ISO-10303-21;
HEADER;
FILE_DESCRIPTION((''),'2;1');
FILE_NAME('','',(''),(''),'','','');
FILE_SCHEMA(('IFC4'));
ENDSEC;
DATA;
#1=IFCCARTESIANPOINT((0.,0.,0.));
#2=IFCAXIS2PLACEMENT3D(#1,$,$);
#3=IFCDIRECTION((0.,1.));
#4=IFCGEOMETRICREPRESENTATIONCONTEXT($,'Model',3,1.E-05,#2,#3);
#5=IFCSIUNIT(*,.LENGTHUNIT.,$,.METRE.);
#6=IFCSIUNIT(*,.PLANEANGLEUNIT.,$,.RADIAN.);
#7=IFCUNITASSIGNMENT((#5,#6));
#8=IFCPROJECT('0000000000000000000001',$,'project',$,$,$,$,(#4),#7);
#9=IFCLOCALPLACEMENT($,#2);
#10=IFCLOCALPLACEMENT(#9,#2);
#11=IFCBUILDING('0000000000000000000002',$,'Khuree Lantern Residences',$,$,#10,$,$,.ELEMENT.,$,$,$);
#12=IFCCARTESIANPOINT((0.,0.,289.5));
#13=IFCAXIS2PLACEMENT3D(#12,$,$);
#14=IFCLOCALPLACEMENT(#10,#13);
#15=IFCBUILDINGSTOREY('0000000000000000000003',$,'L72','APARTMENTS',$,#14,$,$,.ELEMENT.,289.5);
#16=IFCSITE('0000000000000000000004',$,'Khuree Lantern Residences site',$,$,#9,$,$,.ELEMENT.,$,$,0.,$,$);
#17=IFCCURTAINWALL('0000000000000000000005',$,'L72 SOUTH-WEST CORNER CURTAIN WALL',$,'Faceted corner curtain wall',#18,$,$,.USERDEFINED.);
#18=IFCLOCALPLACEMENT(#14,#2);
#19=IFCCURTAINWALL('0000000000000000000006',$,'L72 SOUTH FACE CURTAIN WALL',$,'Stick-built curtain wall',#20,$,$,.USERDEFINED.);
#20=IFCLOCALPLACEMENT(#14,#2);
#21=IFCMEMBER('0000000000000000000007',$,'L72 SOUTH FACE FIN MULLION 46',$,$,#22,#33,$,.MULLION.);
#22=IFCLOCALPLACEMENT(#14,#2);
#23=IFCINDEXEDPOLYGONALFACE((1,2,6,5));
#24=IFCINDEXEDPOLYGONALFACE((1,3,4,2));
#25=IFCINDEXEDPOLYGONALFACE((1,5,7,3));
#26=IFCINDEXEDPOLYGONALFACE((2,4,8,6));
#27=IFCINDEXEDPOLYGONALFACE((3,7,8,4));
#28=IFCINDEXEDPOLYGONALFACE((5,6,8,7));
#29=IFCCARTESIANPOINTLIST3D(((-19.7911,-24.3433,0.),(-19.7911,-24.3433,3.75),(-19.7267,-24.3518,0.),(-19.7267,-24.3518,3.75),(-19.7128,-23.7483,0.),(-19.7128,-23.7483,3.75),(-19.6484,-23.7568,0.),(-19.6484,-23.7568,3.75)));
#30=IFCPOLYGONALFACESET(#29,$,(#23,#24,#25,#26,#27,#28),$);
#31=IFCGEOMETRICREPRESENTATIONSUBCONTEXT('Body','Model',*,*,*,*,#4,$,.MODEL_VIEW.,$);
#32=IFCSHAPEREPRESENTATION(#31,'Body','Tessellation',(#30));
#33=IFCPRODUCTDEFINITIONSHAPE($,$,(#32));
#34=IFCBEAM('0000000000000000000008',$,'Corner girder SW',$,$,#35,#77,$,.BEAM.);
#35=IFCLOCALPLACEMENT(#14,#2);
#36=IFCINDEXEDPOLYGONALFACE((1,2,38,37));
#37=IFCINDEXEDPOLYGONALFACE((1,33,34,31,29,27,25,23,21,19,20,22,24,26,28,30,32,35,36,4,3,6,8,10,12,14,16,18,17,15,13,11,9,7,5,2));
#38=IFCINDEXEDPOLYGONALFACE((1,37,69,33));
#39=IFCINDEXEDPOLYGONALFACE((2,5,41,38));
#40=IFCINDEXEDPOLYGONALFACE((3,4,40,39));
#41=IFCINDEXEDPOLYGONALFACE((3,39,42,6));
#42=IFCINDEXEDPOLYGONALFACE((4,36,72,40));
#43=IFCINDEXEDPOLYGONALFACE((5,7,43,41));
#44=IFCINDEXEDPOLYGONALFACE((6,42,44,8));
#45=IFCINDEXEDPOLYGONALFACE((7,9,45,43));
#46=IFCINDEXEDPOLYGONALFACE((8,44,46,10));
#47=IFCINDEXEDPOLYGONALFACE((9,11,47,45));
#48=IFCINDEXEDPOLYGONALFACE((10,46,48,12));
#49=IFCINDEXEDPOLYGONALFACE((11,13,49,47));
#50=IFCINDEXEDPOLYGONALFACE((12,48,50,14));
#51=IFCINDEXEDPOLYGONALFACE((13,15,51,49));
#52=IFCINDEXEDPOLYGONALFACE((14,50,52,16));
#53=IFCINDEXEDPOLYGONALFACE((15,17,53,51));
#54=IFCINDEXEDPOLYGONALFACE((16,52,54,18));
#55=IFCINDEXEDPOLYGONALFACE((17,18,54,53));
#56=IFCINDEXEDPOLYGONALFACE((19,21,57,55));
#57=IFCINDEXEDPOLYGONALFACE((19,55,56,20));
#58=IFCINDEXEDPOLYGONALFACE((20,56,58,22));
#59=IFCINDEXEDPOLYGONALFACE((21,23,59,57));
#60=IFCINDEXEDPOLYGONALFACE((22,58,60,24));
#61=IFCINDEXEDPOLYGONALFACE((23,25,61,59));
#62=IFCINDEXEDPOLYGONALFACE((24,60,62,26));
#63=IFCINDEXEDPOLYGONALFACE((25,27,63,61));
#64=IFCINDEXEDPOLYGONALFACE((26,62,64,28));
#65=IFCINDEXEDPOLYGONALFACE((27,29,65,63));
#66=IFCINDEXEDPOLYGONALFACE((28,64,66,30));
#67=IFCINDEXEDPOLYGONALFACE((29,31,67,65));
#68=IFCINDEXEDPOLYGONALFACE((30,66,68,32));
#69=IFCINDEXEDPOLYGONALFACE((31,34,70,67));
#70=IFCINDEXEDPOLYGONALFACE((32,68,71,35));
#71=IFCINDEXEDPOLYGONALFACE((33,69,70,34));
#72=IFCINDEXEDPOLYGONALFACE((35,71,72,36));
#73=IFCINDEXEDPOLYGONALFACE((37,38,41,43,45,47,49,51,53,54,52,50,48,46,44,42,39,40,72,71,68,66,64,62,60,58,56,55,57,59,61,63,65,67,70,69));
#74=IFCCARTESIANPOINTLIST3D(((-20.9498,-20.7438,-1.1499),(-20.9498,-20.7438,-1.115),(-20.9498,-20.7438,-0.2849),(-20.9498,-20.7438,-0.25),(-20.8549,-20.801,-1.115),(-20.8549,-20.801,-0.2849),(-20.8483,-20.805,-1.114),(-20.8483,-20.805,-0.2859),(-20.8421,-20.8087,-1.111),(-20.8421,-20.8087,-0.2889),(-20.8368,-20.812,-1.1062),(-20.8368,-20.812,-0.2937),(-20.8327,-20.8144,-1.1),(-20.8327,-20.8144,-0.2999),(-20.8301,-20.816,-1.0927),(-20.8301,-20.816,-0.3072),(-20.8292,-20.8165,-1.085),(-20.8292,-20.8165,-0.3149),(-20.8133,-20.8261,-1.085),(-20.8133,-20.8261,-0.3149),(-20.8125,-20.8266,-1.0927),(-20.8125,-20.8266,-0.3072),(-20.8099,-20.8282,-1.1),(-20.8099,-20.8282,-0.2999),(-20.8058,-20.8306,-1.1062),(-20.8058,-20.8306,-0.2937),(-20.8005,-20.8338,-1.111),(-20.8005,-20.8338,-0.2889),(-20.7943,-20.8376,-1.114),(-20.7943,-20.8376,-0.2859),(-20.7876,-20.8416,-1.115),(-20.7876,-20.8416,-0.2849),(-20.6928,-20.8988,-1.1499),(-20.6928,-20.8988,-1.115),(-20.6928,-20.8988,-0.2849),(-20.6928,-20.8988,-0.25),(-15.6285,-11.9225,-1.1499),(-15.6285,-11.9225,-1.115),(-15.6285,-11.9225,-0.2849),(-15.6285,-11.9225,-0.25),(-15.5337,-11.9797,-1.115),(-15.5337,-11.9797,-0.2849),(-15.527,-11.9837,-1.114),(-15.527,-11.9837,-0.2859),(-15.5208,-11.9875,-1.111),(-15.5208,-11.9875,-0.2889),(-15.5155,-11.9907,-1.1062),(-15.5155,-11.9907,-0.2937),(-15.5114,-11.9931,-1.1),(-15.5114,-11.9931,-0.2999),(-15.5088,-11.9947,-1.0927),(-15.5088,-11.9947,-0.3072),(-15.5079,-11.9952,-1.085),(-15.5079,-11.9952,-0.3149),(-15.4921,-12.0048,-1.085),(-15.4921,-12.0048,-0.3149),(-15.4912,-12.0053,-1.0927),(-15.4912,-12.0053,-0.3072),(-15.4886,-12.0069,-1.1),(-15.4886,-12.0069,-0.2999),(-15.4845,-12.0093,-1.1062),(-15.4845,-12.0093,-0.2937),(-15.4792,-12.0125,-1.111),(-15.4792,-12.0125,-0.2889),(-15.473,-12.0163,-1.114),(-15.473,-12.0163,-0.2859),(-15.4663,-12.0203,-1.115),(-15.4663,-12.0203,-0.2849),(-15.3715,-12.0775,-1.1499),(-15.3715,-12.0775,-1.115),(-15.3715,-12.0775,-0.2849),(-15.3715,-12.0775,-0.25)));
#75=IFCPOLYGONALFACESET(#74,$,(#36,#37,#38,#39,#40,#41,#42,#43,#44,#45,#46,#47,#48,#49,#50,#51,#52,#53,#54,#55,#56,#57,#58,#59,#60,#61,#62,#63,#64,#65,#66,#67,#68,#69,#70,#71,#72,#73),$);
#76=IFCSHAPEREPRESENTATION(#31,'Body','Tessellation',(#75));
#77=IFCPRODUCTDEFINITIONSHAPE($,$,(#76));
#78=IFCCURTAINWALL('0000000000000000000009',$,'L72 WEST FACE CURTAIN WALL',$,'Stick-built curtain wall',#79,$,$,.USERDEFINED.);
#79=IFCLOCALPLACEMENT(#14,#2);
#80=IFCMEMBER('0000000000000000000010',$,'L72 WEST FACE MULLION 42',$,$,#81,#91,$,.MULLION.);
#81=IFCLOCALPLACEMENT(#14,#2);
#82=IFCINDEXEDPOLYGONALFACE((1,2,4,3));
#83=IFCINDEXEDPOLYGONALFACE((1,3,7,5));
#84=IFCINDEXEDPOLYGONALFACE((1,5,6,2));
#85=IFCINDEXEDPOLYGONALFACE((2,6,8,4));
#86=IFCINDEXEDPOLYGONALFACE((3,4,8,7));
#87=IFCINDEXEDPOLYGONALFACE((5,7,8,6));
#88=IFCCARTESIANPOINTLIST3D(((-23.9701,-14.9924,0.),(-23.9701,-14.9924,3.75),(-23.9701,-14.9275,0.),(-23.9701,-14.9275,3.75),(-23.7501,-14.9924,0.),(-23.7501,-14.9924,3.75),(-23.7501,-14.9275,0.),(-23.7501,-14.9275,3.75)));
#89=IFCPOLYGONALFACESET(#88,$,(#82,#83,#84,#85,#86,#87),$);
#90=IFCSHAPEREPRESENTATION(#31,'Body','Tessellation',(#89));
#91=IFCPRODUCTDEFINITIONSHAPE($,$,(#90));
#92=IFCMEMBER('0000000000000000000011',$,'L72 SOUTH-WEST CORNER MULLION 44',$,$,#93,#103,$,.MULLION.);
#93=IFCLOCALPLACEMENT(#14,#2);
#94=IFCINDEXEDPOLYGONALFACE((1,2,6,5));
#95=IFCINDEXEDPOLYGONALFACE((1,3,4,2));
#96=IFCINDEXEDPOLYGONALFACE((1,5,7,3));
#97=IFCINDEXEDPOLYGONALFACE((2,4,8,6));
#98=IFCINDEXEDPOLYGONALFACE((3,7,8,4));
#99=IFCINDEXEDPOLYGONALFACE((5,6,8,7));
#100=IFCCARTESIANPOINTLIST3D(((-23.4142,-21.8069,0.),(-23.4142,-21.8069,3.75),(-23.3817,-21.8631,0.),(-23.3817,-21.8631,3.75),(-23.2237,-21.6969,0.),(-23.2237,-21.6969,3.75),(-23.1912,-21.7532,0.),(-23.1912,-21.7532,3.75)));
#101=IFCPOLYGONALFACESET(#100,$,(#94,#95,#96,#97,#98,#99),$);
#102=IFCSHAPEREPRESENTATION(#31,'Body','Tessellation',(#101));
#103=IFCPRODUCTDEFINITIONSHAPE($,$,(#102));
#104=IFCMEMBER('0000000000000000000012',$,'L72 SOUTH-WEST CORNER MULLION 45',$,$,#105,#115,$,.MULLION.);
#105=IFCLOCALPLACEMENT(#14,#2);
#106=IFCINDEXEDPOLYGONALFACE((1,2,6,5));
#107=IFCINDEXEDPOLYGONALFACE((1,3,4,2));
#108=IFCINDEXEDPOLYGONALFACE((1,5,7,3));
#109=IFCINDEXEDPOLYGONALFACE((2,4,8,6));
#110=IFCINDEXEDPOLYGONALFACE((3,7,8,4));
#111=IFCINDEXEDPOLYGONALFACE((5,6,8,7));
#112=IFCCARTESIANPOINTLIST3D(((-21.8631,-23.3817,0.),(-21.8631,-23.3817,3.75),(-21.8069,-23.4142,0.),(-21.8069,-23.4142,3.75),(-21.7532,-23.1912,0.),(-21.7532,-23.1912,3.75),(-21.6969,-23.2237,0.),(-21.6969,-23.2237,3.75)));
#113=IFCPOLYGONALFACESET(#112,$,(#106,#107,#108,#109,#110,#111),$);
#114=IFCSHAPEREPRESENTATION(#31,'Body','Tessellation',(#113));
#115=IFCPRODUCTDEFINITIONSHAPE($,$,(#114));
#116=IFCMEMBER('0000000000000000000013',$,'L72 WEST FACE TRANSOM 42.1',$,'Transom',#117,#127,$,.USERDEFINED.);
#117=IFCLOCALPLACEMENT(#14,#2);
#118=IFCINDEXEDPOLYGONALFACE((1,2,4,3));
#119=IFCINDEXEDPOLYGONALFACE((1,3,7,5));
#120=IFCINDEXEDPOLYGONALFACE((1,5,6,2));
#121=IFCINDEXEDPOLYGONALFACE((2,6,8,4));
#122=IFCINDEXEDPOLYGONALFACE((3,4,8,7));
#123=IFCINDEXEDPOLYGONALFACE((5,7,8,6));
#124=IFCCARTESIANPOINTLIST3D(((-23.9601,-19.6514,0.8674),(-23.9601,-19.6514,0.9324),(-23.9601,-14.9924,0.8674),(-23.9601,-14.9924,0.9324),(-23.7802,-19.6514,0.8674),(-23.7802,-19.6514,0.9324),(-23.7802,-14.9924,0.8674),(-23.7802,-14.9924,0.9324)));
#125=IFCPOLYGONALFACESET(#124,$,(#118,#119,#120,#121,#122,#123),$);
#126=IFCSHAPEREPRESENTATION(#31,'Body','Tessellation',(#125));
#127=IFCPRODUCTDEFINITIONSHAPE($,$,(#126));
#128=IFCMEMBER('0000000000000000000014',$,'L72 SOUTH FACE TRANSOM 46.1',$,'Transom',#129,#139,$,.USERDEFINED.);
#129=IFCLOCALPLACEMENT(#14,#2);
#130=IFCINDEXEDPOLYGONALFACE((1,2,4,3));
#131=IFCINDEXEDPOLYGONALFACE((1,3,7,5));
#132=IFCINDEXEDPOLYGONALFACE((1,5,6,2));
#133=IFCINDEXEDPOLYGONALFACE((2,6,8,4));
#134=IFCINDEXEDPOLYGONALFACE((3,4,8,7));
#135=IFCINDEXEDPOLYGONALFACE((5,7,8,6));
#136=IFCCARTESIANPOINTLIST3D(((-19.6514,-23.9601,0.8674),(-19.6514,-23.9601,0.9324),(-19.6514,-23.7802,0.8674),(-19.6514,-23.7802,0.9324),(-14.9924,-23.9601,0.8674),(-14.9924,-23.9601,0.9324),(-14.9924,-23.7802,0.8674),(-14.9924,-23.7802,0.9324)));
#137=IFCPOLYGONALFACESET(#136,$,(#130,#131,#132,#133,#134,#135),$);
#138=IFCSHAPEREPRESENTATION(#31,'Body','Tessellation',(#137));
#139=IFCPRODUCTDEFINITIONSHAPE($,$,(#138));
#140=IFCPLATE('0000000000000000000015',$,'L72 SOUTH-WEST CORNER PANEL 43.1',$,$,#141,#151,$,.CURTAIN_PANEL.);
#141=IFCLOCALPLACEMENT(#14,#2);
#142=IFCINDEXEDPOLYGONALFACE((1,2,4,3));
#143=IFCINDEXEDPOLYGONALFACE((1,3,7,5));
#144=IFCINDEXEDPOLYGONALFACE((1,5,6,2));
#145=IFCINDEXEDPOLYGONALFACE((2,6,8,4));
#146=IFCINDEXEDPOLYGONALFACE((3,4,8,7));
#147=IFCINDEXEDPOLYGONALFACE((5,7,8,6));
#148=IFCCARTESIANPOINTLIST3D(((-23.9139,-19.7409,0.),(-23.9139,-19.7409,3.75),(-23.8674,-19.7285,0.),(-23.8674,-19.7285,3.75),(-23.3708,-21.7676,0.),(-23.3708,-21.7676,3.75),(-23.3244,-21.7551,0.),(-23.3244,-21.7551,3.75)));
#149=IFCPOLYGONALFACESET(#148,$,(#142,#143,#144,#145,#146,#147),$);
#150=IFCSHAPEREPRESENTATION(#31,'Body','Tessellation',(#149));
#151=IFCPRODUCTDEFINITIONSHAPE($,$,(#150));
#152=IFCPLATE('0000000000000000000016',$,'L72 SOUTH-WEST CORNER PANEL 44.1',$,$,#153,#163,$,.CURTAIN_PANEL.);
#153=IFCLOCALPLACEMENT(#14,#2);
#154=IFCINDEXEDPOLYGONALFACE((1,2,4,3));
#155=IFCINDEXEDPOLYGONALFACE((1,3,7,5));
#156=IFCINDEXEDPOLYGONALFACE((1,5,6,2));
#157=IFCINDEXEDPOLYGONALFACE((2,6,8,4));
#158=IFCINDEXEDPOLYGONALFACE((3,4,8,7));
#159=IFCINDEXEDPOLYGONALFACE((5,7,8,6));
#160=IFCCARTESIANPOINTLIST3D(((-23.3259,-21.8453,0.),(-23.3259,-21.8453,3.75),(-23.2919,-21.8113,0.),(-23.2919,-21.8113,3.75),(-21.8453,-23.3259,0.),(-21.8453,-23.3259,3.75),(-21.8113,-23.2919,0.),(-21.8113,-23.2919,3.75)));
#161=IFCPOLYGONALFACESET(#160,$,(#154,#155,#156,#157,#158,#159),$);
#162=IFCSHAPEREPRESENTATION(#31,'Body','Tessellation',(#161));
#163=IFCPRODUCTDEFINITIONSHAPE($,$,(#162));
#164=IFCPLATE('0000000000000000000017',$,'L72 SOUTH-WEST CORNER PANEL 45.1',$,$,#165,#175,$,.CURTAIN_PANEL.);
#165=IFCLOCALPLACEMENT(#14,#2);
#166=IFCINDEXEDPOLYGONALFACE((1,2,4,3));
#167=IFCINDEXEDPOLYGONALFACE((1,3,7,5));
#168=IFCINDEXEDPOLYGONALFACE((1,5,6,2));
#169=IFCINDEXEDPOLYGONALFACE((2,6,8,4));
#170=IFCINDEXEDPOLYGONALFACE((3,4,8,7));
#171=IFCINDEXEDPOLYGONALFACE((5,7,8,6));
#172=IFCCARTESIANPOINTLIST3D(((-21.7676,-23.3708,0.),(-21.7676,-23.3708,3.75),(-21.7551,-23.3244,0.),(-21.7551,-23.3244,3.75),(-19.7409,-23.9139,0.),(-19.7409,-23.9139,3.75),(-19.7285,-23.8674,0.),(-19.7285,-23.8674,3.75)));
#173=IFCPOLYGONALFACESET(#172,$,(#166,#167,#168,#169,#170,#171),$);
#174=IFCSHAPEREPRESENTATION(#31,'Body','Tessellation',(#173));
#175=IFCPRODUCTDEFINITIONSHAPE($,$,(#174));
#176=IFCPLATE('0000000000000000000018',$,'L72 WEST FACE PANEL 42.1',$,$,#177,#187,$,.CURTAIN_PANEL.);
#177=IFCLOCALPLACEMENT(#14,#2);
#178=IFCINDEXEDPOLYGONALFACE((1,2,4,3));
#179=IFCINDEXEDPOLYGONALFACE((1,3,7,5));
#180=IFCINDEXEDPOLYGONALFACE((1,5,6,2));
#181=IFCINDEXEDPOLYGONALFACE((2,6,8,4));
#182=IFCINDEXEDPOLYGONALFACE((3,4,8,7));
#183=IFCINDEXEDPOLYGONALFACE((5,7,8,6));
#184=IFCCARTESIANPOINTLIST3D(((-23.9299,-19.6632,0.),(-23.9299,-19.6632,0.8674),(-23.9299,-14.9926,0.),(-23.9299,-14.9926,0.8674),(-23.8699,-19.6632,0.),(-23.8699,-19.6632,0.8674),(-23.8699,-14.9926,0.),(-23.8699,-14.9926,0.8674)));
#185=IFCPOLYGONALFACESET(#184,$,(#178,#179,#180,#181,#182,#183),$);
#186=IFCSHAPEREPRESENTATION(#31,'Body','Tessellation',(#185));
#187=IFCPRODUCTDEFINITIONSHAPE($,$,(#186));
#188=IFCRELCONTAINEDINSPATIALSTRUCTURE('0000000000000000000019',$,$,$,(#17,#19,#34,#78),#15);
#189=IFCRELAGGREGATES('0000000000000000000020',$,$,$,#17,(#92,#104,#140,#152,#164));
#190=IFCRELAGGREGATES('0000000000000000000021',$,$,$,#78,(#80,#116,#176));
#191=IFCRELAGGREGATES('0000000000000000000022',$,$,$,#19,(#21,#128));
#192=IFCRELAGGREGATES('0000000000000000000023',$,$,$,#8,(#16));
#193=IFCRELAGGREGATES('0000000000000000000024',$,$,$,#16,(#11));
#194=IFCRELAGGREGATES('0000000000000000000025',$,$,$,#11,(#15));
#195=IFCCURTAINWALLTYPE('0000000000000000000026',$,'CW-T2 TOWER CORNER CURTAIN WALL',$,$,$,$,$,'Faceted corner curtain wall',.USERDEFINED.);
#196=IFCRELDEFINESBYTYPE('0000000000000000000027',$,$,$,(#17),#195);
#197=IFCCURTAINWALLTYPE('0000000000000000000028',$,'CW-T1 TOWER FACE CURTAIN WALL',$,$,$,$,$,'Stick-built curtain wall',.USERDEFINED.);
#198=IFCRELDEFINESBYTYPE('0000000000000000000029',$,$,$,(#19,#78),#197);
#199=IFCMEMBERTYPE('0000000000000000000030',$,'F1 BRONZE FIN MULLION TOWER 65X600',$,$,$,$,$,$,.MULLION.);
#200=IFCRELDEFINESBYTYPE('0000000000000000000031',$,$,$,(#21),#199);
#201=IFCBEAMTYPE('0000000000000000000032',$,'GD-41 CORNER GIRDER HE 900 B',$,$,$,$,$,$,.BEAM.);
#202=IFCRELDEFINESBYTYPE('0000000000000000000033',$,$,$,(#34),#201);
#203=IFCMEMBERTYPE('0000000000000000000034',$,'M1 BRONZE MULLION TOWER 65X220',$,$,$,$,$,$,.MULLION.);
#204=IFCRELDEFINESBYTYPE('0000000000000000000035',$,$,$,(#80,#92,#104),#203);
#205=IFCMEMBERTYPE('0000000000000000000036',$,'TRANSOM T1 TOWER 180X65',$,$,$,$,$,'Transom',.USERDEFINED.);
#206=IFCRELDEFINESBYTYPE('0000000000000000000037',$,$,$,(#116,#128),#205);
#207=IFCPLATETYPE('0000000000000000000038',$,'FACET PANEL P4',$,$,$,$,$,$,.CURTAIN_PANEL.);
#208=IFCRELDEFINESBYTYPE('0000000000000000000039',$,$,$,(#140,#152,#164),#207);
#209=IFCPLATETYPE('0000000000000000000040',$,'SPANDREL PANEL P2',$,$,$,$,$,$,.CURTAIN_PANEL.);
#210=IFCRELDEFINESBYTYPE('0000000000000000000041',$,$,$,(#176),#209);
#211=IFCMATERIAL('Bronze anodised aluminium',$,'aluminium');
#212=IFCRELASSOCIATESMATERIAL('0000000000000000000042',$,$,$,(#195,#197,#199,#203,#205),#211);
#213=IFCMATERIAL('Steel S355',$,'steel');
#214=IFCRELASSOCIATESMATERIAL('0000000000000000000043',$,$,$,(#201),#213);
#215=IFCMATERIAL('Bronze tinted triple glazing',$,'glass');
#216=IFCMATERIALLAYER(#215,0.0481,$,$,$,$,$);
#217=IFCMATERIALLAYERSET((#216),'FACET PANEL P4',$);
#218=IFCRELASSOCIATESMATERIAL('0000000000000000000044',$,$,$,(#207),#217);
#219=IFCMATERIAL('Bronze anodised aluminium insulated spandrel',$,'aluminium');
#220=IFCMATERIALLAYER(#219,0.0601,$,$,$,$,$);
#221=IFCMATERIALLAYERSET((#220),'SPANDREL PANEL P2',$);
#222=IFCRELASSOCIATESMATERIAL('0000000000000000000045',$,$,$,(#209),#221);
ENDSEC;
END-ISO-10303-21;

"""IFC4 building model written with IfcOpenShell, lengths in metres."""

from ifc_helpers import new_model, si_unit, direction, frame, origin, origin_2d, place, context, subcontext, project, spatial, rectangle, i_section, extrude, material, layer, layer_set, material_profile, profile_set, type_object, element, aggregate, save


model = new_model("IFC4")

# Units and contexts
model_context = context("Model", 3, precision=1e-05, world=origin(), true_north=direction((0.0, 1.0)))
body_context = subcontext(model_context, "Body", "Model", "MODEL_VIEW")
ifc_project = project(units=[si_unit("LENGTHUNIT", "METRE"), si_unit("PLANEANGLEUNIT", "RADIAN")], contexts=[model_context])

# Site, building, storey
site_placement = place(None, origin())
site = spatial("IfcSite", under=ifc_project, at=site_placement, Name="Khuree Lantern Residences site", CompositionType="ELEMENT", RefElevation=0.0)
building_placement = place(site_placement, origin())
building = spatial("IfcBuilding", under=site, at=building_placement, Name="Khuree Lantern Residences", CompositionType="ELEMENT")
storey_placement = place(building_placement, frame((0.0, 0.0, 289.5)))
storey = spatial("IfcBuildingStorey", under=building, at=storey_placement, Name="L72", Description="APARTMENTS", CompositionType="ELEMENT", Elevation=289.5)

# Shared definitions
ifc_material_1 = material(Name="Steel S355", Category="steel")

# Curtain walls, member
ifc_material_2 = material(Name="Bronze anodised aluminium", Category="aluminium")
curtain_wall_type_1 = type_object("IfcCurtainWallType", Name="CW-T2 TOWER CORNER CURTAIN WALL", ElementType="Faceted corner curtain wall", PredefinedType="USERDEFINED", material=ifc_material_2)
curtain_wall_1_placement = place(storey_placement, origin())
curtain_wall_1 = element("IfcCurtainWall", 1, at=curtain_wall_1_placement, inside=storey, type_object=curtain_wall_type_1, Name="L72 SOUTH-WEST CORNER CURTAIN WALL", ObjectType="Faceted corner curtain wall", PredefinedType="USERDEFINED")
ifc_material_profile_1 = material_profile(ifc_material_2, rectangle(XDim=0.0649, YDim=0.6001, at=origin_2d()), Name="F1 65X600")
ifc_profile_set_1 = profile_set([ifc_material_profile_1], Name="Bronze anodised aluminium")
member_type_1 = type_object("IfcMemberType", Name="F1 BRONZE FIN MULLION TOWER 65X600", PredefinedType="MULLION", material=ifc_profile_set_1)
curtain_wall_type_2 = type_object("IfcCurtainWallType", Name="CW-T1 TOWER FACE CURTAIN WALL", ElementType="Stick-built curtain wall", PredefinedType="USERDEFINED", material=ifc_material_2)
curtain_wall_2_placement = place(storey_placement, origin())
curtain_wall_2 = element("IfcCurtainWall", 2, at=curtain_wall_2_placement, inside=storey, type_object=curtain_wall_type_2, Name="L72 SOUTH FACE CURTAIN WALL", ObjectType="Stick-built curtain wall", PredefinedType="USERDEFINED")
member_1_placement = place(storey_placement, frame((-19.7197, -24.05, 0.0), z_axis=(0.0, 0.0, 1.0), x_axis=(0.991445, -0.130526, 0.0)))
member_1 = element("IfcMember", 3, at=member_1_placement, type_object=member_type_1, Name="L72 SOUTH FACE FIN MULLION 46", PredefinedType="MULLION", context=body_context, shape_type="SweptSolid", body=[
    extrude(rectangle(XDim=0.0649, YDim=0.6001, at=origin_2d()), origin(), (0.0, 0.0, 1.0), 3.75),
])

# Beam
ifc_material_profile_2 = material_profile(ifc_material_1, i_section(OverallWidth=0.3, OverallDepth=0.8999, WebThickness=0.0186, FlangeThickness=0.0349, FilletRadius=0.03, at=origin_2d()), Name="HE 900 B")
ifc_profile_set_2 = profile_set([ifc_material_profile_2], Name="Steel S355")
beam_type_1 = type_object("IfcBeamType", Name="GD-41 CORNER GIRDER HE 900 B", PredefinedType="BEAM", material=ifc_profile_set_2)
beam_1_placement = place(storey_placement, frame((-20.8213, -20.8213, -0.7), z_axis=(0.51653, 0.856269, 0.0), x_axis=(-0.856269, 0.51653, 0.0)))
element("IfcBeam", 4, at=beam_1_placement, inside=storey, type_object=beam_type_1, Name="Corner girder SW", PredefinedType="BEAM", context=body_context, shape_type="SweptSolid", body=[
    extrude(i_section(OverallWidth=0.3, OverallDepth=0.8999, WebThickness=0.0186, FlangeThickness=0.0349, FilletRadius=0.03, at=origin_2d()), origin(), (0.0, 0.0, 1.0), 10.302),
])

# Curtain wall, member
curtain_wall_3_placement = place(storey_placement, origin())
curtain_wall_3 = element("IfcCurtainWall", 5, at=curtain_wall_3_placement, inside=storey, type_object=curtain_wall_type_2, Name="L72 WEST FACE CURTAIN WALL", ObjectType="Stick-built curtain wall", PredefinedType="USERDEFINED")
ifc_material_profile_3 = material_profile(ifc_material_2, rectangle(XDim=0.0649, YDim=0.22, at=origin_2d()), Name="M1 65X220")
ifc_profile_set_3 = profile_set([ifc_material_profile_3], Name="Bronze anodised aluminium")
member_type_2 = type_object("IfcMemberType", Name="M1 BRONZE MULLION TOWER 65X220", PredefinedType="MULLION", material=ifc_profile_set_3)
member_2_placement = place(storey_placement, frame((-23.8601, -14.96, 0.0), z_axis=(0.0, 0.0, 1.0), x_axis=(0.0, -1.0, 0.0)))
member_2 = element("IfcMember", 6, at=member_2_placement, type_object=member_type_2, Name="L72 WEST FACE MULLION 42", PredefinedType="MULLION", context=body_context, shape_type="SweptSolid", body=[
    extrude(rectangle(XDim=0.0649, YDim=0.22, at=origin_2d()), origin(), (0.0, 0.0, 1.0), 3.75),
])

# Members
member_3_placement = place(storey_placement, frame((-23.3027, -21.78, 0.0), z_axis=(0.0, 0.0, 1.0), x_axis=(0.5, -0.866025, 0.0)))
member_3 = element("IfcMember", 7, at=member_3_placement, type_object=member_type_2, Name="L72 SOUTH-WEST CORNER MULLION 44", PredefinedType="MULLION", context=body_context, shape_type="SweptSolid", body=[
    extrude(rectangle(XDim=0.0649, YDim=0.22, at=origin_2d()), origin(), (0.0, 0.0, 1.0), 3.75),
])
member_4_placement = place(storey_placement, frame((-21.78, -23.3027, 0.0), z_axis=(0.0, 0.0, 1.0), x_axis=(0.866025, -0.5, 0.0)))
member_4 = element("IfcMember", 8, at=member_4_placement, type_object=member_type_2, Name="L72 SOUTH-WEST CORNER MULLION 45", PredefinedType="MULLION", context=body_context, shape_type="SweptSolid", body=[
    extrude(rectangle(XDim=0.0649, YDim=0.22, at=origin_2d()), origin(), (0.0, 0.0, 1.0), 3.75),
])
ifc_material_profile_4 = material_profile(ifc_material_2, rectangle(XDim=0.1799, YDim=0.0649, at=origin_2d()), Name="T1 180X65")
ifc_profile_set_4 = profile_set([ifc_material_profile_4], Name="Bronze anodised aluminium")
member_type_3 = type_object("IfcMemberType", Name="TRANSOM T1 TOWER 180X65", ElementType="Transom", PredefinedType="USERDEFINED", material=ifc_profile_set_4)
member_5_placement = place(storey_placement, frame((-23.8701, -14.9924, 0.8999), z_axis=(0.0, -1.0, 0.0), x_axis=(1.0, 0.0, 0.0)))
member_5 = element("IfcMember", 9, at=member_5_placement, type_object=member_type_3, Name="L72 WEST FACE TRANSOM 42.1", ObjectType="Transom", PredefinedType="USERDEFINED", context=body_context, shape_type="SweptSolid", body=[
    extrude(rectangle(XDim=0.1799, YDim=0.0649, at=origin_2d()), origin(), (0.0, 0.0, 1.0), 4.6589),
])
member_6_placement = place(storey_placement, frame((-19.6514, -23.8701, 0.8999), z_axis=(1.0, 0.0, 0.0), x_axis=(0.0, 1.0, 0.0)))
member_6 = element("IfcMember", 10, at=member_6_placement, type_object=member_type_3, Name="L72 SOUTH FACE TRANSOM 46.1", ObjectType="Transom", PredefinedType="USERDEFINED", context=body_context, shape_type="SweptSolid", body=[
    extrude(rectangle(XDim=0.1799, YDim=0.0649, at=origin_2d()), origin(), (0.0, 0.0, 1.0), 4.6589),
])

# Plates
ifc_material_3 = material(Name="Bronze tinted triple glazing", Category="glass")
ifc_layer_1 = layer(ifc_material_3, 0.0481)
ifc_layer_set_1 = layer_set([ifc_layer_1], Name="FACET PANEL P4")
plate_type_1 = type_object("IfcPlateType", Name="FACET PANEL P4", PredefinedType="CURTAIN_PANEL", material=ifc_layer_set_1)
plate_1_placement = place(storey_placement, frame((-23.6191, -20.748, 0.0), z_axis=(0.0, 0.0, 1.0), x_axis=(0.258819, -0.965926, 0.0)))
plate_1 = element("IfcPlate", 11, at=plate_1_placement, type_object=plate_type_1, Name="L72 SOUTH-WEST CORNER PANEL 43.1", PredefinedType="CURTAIN_PANEL", context=body_context, shape_type="SweptSolid", body=[
    extrude(rectangle(XDim=2.0981, YDim=0.0481, at=origin_2d()), origin(), (0.0, 0.0, 1.0), 3.75),
])
plate_2_placement = place(storey_placement, frame((-22.5686, -22.5686, 0.0), z_axis=(0.0, 0.0, 1.0), x_axis=(0.707107, -0.707107, 0.0)))
plate_2 = element("IfcPlate", 12, at=plate_2_placement, type_object=plate_type_1, Name="L72 SOUTH-WEST CORNER PANEL 44.1", PredefinedType="CURTAIN_PANEL", context=body_context, shape_type="SweptSolid", body=[
    extrude(rectangle(XDim=2.094, YDim=0.0481, at=origin_2d()), origin(), (0.0, 0.0, 1.0), 3.75),
])
plate_3_placement = place(storey_placement, frame((-20.748, -23.6191, 0.0), z_axis=(0.0, 0.0, 1.0), x_axis=(0.965926, -0.258819, 0.0)))
plate_3 = element("IfcPlate", 13, at=plate_3_placement, type_object=plate_type_1, Name="L72 SOUTH-WEST CORNER PANEL 45.1", PredefinedType="CURTAIN_PANEL", context=body_context, shape_type="SweptSolid", body=[
    extrude(rectangle(XDim=2.0981, YDim=0.0481, at=origin_2d()), origin(), (0.0, 0.0, 1.0), 3.75),
])
aggregate(curtain_wall_1, [member_3, member_4, plate_1, plate_2, plate_3])
ifc_material_4 = material(Name="Bronze anodised aluminium insulated spandrel", Category="aluminium")
ifc_layer_2 = layer(ifc_material_4, 0.0601)
ifc_layer_set_2 = layer_set([ifc_layer_2], Name="SPANDREL PANEL P2")
plate_type_2 = type_object("IfcPlateType", Name="SPANDREL PANEL P2", PredefinedType="CURTAIN_PANEL", material=ifc_layer_set_2)
plate_4_placement = place(storey_placement, frame((-23.8999, -17.3279, 0.0), z_axis=(0.0, 0.0, 1.0), x_axis=(0.0, -1.0, 0.0)))
plate_4 = element("IfcPlate", 14, at=plate_4_placement, type_object=plate_type_2, Name="L72 WEST FACE PANEL 42.1", PredefinedType="CURTAIN_PANEL", context=body_context, shape_type="SweptSolid", body=[
    extrude(rectangle(XDim=4.6707, YDim=0.0601, at=origin_2d()), origin(), (0.0, 0.0, 1.0), 0.8674),
])
aggregate(curtain_wall_3, [member_2, member_5, plate_4])
aggregate(curtain_wall_2, [member_1, member_6])

save(model, "model.ifc")
